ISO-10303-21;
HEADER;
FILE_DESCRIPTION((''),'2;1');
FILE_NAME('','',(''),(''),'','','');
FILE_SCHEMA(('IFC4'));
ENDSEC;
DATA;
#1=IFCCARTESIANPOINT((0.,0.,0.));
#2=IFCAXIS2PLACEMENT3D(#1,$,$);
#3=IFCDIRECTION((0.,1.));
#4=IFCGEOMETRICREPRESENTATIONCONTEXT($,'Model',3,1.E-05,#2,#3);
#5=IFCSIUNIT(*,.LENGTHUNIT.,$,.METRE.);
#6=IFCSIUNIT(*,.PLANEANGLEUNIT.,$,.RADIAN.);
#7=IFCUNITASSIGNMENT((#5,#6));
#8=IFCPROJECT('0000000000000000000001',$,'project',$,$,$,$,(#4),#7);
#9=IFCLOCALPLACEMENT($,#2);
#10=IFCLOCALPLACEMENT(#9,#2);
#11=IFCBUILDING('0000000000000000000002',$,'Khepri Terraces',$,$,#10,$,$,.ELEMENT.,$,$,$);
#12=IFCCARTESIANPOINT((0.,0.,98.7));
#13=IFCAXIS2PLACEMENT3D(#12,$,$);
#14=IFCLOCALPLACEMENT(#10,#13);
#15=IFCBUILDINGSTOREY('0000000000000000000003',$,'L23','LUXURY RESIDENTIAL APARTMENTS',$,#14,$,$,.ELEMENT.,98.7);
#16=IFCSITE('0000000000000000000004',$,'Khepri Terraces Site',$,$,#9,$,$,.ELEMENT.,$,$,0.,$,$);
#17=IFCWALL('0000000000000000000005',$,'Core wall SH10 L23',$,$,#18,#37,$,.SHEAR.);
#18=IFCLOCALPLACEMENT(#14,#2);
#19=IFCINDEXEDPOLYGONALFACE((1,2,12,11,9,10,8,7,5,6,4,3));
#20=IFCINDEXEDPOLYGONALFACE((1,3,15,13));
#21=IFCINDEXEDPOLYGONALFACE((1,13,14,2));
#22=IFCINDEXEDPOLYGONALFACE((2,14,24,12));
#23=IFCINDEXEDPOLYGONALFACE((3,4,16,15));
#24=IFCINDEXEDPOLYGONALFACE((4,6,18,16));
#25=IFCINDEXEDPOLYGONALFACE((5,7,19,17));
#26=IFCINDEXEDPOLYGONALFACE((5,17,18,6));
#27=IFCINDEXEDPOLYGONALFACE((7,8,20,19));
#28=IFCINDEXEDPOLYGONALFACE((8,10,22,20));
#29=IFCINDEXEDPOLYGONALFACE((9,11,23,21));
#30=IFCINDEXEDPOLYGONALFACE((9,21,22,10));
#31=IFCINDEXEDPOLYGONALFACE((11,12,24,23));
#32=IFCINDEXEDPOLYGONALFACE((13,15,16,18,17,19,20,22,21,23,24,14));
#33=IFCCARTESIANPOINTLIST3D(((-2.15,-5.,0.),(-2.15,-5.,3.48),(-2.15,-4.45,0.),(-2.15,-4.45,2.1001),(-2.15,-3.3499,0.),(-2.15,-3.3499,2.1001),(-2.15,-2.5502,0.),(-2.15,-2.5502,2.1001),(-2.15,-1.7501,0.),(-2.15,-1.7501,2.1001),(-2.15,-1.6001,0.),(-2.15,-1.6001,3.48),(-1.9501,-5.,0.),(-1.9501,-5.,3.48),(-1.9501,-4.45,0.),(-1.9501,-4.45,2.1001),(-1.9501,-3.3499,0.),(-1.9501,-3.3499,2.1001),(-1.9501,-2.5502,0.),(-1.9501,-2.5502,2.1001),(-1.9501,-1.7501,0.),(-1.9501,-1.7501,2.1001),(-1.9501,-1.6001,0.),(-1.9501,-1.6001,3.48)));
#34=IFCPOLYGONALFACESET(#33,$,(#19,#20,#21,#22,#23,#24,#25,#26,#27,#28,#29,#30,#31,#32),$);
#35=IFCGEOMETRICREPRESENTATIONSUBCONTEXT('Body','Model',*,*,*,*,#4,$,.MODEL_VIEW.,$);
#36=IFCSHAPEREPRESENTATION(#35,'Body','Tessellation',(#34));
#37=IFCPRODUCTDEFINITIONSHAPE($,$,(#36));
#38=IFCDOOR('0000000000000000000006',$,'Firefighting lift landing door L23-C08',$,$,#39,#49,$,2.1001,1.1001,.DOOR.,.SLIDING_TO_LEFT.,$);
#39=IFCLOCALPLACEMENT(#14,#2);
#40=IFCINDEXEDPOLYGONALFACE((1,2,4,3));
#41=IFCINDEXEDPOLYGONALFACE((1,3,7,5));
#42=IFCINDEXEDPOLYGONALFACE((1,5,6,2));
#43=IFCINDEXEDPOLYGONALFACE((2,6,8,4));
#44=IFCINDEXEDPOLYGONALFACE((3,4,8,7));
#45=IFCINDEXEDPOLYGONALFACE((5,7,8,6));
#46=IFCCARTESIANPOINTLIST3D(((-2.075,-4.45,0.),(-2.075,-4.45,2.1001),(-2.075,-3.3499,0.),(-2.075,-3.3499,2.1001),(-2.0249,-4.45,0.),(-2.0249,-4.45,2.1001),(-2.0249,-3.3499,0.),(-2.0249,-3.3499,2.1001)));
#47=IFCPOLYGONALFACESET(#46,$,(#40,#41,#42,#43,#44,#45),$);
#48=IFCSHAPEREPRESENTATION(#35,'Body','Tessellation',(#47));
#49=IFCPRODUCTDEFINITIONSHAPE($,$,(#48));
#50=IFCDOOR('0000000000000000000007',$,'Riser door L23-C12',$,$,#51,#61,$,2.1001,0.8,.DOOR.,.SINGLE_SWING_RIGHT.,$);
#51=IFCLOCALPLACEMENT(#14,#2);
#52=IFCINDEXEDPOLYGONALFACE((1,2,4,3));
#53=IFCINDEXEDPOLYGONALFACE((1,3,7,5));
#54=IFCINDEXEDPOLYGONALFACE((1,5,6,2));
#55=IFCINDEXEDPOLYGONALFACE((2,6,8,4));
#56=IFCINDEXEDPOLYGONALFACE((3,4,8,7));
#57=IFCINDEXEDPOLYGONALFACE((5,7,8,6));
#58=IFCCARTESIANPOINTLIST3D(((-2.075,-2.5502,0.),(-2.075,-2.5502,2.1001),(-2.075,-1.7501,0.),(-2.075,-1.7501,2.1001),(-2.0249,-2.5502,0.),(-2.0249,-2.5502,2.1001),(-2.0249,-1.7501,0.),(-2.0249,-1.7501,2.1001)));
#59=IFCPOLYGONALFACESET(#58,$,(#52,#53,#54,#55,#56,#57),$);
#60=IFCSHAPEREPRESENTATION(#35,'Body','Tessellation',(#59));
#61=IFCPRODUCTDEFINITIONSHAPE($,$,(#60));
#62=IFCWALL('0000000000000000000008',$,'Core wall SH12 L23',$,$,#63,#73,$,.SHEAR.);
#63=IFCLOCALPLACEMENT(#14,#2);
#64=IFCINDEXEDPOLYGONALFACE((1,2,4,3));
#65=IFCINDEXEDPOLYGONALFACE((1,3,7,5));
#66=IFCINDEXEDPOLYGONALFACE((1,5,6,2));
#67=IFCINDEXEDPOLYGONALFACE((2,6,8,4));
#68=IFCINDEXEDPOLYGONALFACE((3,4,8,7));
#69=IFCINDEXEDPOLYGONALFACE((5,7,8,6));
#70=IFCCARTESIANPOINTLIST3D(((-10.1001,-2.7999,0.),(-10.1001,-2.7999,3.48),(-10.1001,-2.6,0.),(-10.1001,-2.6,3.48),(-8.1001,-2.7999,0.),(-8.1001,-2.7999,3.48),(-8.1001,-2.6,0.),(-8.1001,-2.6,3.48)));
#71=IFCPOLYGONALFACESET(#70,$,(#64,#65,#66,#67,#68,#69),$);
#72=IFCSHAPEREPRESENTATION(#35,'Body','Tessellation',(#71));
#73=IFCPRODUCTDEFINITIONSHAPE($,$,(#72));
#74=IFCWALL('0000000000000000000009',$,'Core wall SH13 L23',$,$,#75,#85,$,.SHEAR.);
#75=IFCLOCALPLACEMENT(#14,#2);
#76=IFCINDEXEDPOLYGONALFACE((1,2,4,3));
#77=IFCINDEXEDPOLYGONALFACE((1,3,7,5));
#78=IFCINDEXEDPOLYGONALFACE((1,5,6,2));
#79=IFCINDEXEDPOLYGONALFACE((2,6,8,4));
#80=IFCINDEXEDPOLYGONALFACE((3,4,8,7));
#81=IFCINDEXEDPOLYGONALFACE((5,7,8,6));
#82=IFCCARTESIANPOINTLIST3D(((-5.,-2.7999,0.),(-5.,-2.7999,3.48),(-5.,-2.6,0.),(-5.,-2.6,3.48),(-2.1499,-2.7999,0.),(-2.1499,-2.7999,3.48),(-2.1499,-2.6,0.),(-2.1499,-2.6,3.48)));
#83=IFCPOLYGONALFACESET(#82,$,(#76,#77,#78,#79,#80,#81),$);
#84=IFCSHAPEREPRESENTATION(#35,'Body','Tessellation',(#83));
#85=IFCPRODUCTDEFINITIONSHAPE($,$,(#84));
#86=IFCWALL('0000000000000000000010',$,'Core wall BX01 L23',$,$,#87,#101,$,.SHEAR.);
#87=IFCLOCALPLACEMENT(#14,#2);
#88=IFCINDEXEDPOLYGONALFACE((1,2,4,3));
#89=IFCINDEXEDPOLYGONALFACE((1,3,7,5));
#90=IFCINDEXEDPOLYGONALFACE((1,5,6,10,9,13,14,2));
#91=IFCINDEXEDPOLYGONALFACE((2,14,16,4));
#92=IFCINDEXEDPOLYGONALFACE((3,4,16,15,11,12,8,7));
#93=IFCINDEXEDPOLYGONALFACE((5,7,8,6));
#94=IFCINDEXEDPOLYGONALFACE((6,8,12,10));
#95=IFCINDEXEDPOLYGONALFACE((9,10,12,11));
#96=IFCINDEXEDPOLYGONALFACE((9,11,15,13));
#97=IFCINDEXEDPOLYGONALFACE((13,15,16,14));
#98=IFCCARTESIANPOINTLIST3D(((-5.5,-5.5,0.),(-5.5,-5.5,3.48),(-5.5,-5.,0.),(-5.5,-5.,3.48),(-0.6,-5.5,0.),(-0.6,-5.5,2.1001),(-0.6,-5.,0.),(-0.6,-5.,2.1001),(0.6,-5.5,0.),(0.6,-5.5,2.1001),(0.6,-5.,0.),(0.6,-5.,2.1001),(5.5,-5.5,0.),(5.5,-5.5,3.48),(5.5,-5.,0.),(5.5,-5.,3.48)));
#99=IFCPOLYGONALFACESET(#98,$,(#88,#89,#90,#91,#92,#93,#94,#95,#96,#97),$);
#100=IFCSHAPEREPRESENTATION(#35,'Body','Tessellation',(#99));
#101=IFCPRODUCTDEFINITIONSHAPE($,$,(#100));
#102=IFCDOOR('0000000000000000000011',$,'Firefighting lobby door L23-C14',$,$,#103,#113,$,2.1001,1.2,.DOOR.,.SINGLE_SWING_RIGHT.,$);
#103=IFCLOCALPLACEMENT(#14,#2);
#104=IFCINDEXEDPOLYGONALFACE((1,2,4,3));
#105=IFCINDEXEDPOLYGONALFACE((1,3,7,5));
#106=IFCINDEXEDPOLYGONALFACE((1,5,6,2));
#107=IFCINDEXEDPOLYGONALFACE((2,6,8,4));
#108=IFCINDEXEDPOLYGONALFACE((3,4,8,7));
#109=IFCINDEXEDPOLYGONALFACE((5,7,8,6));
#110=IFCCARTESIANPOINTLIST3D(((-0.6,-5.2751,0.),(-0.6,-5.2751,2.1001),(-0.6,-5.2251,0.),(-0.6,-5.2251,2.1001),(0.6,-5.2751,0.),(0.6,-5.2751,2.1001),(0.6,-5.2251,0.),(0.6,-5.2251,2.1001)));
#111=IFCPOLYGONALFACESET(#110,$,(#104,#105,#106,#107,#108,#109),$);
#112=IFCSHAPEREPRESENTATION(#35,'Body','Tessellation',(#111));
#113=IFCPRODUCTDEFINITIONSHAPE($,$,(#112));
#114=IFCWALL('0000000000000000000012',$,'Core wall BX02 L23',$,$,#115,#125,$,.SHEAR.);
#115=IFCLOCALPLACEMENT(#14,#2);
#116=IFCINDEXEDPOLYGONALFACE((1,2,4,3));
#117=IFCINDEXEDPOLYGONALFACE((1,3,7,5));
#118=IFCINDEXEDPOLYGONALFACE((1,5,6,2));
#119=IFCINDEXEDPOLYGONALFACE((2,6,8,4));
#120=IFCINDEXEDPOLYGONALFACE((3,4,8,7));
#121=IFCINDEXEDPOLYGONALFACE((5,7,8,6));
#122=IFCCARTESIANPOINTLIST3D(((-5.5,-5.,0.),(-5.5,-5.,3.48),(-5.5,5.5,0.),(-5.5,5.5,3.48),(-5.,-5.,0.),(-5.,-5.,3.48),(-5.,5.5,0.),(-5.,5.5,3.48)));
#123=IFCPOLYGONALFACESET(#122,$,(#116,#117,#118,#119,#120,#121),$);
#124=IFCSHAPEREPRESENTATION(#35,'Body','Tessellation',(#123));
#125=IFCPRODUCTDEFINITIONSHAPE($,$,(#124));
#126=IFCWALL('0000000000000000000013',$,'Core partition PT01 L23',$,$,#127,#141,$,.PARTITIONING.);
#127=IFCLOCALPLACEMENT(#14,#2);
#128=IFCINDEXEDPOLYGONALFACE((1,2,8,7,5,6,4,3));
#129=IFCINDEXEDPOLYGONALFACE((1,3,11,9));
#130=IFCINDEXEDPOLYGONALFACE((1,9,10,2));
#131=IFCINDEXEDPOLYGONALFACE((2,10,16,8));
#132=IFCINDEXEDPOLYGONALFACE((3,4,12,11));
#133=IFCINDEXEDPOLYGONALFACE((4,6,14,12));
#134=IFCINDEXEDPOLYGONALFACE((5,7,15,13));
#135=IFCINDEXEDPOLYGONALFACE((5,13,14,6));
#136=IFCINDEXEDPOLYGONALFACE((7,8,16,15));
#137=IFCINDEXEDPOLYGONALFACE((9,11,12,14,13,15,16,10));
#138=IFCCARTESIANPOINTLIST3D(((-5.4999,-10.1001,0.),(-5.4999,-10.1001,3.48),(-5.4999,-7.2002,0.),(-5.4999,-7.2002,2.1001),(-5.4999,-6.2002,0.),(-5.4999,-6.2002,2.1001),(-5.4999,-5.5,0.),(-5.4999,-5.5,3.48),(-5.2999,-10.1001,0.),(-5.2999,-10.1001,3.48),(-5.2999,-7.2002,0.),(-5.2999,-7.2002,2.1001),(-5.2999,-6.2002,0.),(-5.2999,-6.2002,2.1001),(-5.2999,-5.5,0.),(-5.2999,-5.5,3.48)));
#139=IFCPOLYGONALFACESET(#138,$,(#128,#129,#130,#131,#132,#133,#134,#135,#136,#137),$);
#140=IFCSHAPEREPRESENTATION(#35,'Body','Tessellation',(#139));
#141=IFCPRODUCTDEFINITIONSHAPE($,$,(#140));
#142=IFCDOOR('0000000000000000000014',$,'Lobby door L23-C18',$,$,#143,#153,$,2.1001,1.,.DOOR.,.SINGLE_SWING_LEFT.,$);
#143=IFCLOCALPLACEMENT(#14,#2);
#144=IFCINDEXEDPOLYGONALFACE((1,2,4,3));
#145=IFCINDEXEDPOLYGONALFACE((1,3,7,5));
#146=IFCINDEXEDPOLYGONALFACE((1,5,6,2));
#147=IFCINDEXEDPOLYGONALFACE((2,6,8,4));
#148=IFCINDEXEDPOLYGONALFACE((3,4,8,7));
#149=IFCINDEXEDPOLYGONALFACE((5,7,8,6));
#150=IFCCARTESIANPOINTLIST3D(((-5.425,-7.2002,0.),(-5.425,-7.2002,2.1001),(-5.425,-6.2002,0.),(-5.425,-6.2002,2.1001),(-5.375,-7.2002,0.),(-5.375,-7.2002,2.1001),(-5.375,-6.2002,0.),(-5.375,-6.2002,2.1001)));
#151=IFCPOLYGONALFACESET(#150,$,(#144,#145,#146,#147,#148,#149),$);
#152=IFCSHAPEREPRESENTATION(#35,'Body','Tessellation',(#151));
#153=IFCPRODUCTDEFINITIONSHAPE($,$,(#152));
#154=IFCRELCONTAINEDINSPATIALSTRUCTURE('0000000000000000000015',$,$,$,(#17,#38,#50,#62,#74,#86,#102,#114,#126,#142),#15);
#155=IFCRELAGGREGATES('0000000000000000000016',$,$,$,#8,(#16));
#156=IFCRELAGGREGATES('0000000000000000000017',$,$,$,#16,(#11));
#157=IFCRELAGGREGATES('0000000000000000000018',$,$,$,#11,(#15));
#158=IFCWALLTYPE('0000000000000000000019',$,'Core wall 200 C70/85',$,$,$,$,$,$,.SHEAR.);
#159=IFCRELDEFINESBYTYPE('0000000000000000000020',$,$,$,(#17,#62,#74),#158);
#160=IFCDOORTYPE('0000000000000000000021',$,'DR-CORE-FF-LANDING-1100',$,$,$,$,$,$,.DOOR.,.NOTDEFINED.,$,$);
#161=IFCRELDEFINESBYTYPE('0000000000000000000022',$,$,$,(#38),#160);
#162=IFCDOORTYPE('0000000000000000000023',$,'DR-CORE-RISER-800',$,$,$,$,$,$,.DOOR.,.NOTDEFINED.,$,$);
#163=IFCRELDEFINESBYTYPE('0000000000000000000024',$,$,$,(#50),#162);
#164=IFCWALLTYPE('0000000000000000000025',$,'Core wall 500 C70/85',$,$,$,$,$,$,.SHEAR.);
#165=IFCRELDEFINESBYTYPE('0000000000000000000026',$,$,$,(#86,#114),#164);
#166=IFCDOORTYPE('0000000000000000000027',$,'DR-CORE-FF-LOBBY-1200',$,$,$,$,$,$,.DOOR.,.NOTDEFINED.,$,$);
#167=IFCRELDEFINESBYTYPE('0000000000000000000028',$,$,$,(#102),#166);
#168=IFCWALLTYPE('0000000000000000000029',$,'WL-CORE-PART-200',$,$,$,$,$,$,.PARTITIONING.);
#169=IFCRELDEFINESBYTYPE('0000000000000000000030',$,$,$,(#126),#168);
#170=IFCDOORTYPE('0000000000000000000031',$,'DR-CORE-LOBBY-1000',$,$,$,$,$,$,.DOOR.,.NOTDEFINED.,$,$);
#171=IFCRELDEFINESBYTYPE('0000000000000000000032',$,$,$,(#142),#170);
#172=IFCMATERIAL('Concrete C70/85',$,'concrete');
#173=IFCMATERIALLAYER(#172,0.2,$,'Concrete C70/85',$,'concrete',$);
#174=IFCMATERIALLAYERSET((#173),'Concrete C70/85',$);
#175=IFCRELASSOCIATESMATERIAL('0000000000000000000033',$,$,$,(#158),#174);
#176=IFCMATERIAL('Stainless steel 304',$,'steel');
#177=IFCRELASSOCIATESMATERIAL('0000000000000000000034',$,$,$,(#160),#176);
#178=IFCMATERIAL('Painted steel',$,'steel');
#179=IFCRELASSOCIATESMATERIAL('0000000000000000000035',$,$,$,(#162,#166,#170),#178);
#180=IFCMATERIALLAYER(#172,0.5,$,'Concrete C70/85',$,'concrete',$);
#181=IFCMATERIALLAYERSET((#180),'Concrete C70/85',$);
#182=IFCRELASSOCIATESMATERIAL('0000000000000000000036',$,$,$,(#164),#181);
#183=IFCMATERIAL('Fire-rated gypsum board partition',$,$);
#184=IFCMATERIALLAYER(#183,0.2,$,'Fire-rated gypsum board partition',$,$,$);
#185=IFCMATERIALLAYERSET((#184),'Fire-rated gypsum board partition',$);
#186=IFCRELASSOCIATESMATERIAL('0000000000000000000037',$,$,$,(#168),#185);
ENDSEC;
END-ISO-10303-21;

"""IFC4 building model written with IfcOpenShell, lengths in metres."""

from ifc_helpers import new_model, si_unit, direction, frame, frame_2d, origin, place, context, subcontext, project, spatial, rectangle, extrude, material, layer, layer_set, type_object, element, fill, save


model = new_model("IFC4")

# Units and contexts
model_context = context("Model", 3, precision=1e-05, world=origin(), true_north=direction((0.0, 1.0)))
body_context = subcontext(model_context, "Body", "Model", "MODEL_VIEW")
ifc_project = project(units=[si_unit("LENGTHUNIT", "METRE"), si_unit("PLANEANGLEUNIT", "RADIAN")], contexts=[model_context])

# Site, building, storey
site_placement = place(None, origin())
site = spatial("IfcSite", under=ifc_project, at=site_placement, Name="Khepri Terraces Site", CompositionType="ELEMENT", RefElevation=0.0)
building_placement = place(site_placement, origin())
building = spatial("IfcBuilding", under=site, at=building_placement, Name="Khepri Terraces", CompositionType="ELEMENT")
storey_placement = place(building_placement, frame((0.0, 0.0, 98.7)))
storey = spatial("IfcBuildingStorey", under=building, at=storey_placement, Name="L23", Description="LUXURY RESIDENTIAL APARTMENTS", CompositionType="ELEMENT", Elevation=98.7)

# Shared definitions
ifc_material_1 = material(Name="Concrete C70/85", Category="concrete")
ifc_layer_1 = layer(ifc_material_1, 0.2, Name="Concrete C70/85", Category="concrete")
ifc_layer_set_1 = layer_set([ifc_layer_1], Name="Concrete C70/85")
wall_type_1 = type_object("IfcWallType", Name="Core wall 200 C70/85", PredefinedType="SHEAR", material=ifc_layer_set_1)

# Shared definitions
ifc_material_2 = material(Name="Painted steel", Category="steel")

# Shared definitions
ifc_material_3 = material(Name="Stainless steel 304", Category="steel")

# Wall, openings, doors
wall_1_placement = place(storey_placement, frame((-2.05, -5.0, 0.0), z_axis=(0.0, 0.0, 1.0), x_axis=(0.0, 1.0, 0.0)))
wall_1 = element("IfcWall", 1, at=wall_1_placement, inside=storey, type_object=wall_type_1, Name="Core wall SH10 L23", PredefinedType="SHEAR", context=body_context, shape_type="SweptSolid", body=[
    extrude(rectangle(XDim=3.3999, YDim=0.2, at=frame_2d((1.7, 0.0))), origin(), (0.0, 0.0, 1.0), 3.48),
])
opening_1_placement = place(wall_1_placement, frame((0.55, 0.0, 0.0)))
opening_1 = element("IfcOpeningElement", 2, at=opening_1_placement, cuts=wall_1, PredefinedType="OPENING", context=body_context, shape_type="SweptSolid", body=[
    extrude(rectangle(XDim=1.1001, YDim=2.1001, at=frame_2d((0.55, 1.05))), frame((0.0, 0.1099, 0.0), z_axis=(0.0, -1.0, 0.0), x_axis=(1.0, 0.0, 0.0)), (0.0, 0.0, 1.0), 0.22),
])
opening_2_placement = place(wall_1_placement, frame((2.45, 0.0, 0.0)))
opening_2 = element("IfcOpeningElement", 3, at=opening_2_placement, cuts=wall_1, PredefinedType="OPENING", context=body_context, shape_type="SweptSolid", body=[
    extrude(rectangle(XDim=0.8, YDim=2.1001, at=frame_2d((0.3999, 1.05))), frame((0.0, 0.1099, 0.0), z_axis=(0.0, -1.0, 0.0), x_axis=(1.0, 0.0, 0.0)), (0.0, 0.0, 1.0), 0.22),
])
door_type_1 = type_object("IfcDoorType", Name="DR-CORE-FF-LANDING-1100", OperationType="NOTDEFINED", PredefinedType="DOOR", material=ifc_material_3)
door_1_placement = place(opening_1_placement, origin())
door_1 = element("IfcDoor", 4, at=door_1_placement, inside=storey, type_object=door_type_1, Name="Firefighting lift landing door L23-C08", OperationType="SLIDING_TO_LEFT", OverallHeight=2.1001, OverallWidth=1.1001, PredefinedType="DOOR", context=body_context, shape_type="SweptSolid", body=[
    extrude(rectangle(XDim=1.1001, YDim=2.1001, at=frame_2d((0.55, 1.05))), frame((0.0, 0.0249, 0.0), z_axis=(0.0, -1.0, 0.0), x_axis=(1.0, 0.0, 0.0)), (0.0, 0.0, 1.0), 0.05),
])
fill(opening_1, door_1)
door_type_2 = type_object("IfcDoorType", Name="DR-CORE-RISER-800", OperationType="NOTDEFINED", PredefinedType="DOOR", material=ifc_material_2)
door_2_placement = place(opening_2_placement, origin())
door_2 = element("IfcDoor", 5, at=door_2_placement, inside=storey, type_object=door_type_2, Name="Riser door L23-C12", OperationType="SINGLE_SWING_RIGHT", OverallHeight=2.1001, OverallWidth=0.8, PredefinedType="DOOR", context=body_context, shape_type="SweptSolid", body=[
    extrude(rectangle(XDim=0.8, YDim=2.1001, at=frame_2d((0.3999, 1.05))), frame((0.0, 0.0249, 0.0), z_axis=(0.0, -1.0, 0.0), x_axis=(1.0, 0.0, 0.0)), (0.0, 0.0, 1.0), 0.05),
])
fill(opening_2, door_2)

# Walls
wall_2_placement = place(storey_placement, frame((-10.1001, -2.7, 0.0), z_axis=(0.0, 0.0, 1.0), x_axis=(1.0, 0.0, 0.0)))
element("IfcWall", 6, at=wall_2_placement, inside=storey, type_object=wall_type_1, Name="Core wall SH12 L23", PredefinedType="SHEAR", context=body_context, shape_type="SweptSolid", body=[
    extrude(rectangle(XDim=2.0, YDim=0.2, at=frame_2d((1.0, 0.0))), origin(), (0.0, 0.0, 1.0), 3.48),
])
wall_3_placement = place(storey_placement, frame((-5.0, -2.7, 0.0), z_axis=(0.0, 0.0, 1.0), x_axis=(1.0, 0.0, 0.0)))
element("IfcWall", 7, at=wall_3_placement, inside=storey, type_object=wall_type_1, Name="Core wall SH13 L23", PredefinedType="SHEAR", context=body_context, shape_type="SweptSolid", body=[
    extrude(rectangle(XDim=2.8501, YDim=0.2, at=frame_2d((1.425, 0.0))), origin(), (0.0, 0.0, 1.0), 3.48),
])

# Wall, opening, door
ifc_layer_2 = layer(ifc_material_1, 0.5, Name="Concrete C70/85", Category="concrete")
ifc_layer_set_2 = layer_set([ifc_layer_2], Name="Concrete C70/85")
wall_type_2 = type_object("IfcWallType", Name="Core wall 500 C70/85", PredefinedType="SHEAR", material=ifc_layer_set_2)
wall_4_placement = place(storey_placement, frame((-5.5, -5.25, 0.0), z_axis=(0.0, 0.0, 1.0), x_axis=(1.0, 0.0, 0.0)))
wall_4 = element("IfcWall", 8, at=wall_4_placement, inside=storey, type_object=wall_type_2, Name="Core wall BX01 L23", PredefinedType="SHEAR", context=body_context, shape_type="SweptSolid", body=[
    extrude(rectangle(XDim=11.0, YDim=0.5, at=frame_2d((5.5, 0.0))), origin(), (0.0, 0.0, 1.0), 3.48),
])
opening_3_placement = place(wall_4_placement, frame((4.8999, 0.0, 0.0)))
opening_3 = element("IfcOpeningElement", 9, at=opening_3_placement, cuts=wall_4, PredefinedType="OPENING", context=body_context, shape_type="SweptSolid", body=[
    extrude(rectangle(XDim=1.2, YDim=2.1001, at=frame_2d((0.6001, 1.05))), frame((0.0, 0.26, 0.0), z_axis=(0.0, -1.0, 0.0), x_axis=(1.0, 0.0, 0.0)), (0.0, 0.0, 1.0), 0.52),
])
door_type_3 = type_object("IfcDoorType", Name="DR-CORE-FF-LOBBY-1200", OperationType="NOTDEFINED", PredefinedType="DOOR", material=ifc_material_2)
door_3_placement = place(opening_3_placement, origin())
door_3 = element("IfcDoor", 10, at=door_3_placement, inside=storey, type_object=door_type_3, Name="Firefighting lobby door L23-C14", OperationType="SINGLE_SWING_RIGHT", OverallHeight=2.1001, OverallWidth=1.2, PredefinedType="DOOR", context=body_context, shape_type="SweptSolid", body=[
    extrude(rectangle(XDim=1.2, YDim=2.1001, at=frame_2d((0.6001, 1.05))), frame((0.0, 0.0249, 0.0), z_axis=(0.0, -1.0, 0.0), x_axis=(1.0, 0.0, 0.0)), (0.0, 0.0, 1.0), 0.05),
])
fill(opening_3, door_3)

# Wall
wall_5_placement = place(storey_placement, frame((-5.25, -5.0, 0.0), z_axis=(0.0, 0.0, 1.0), x_axis=(0.0, 1.0, 0.0)))
element("IfcWall", 11, at=wall_5_placement, inside=storey, type_object=wall_type_2, Name="Core wall BX02 L23", PredefinedType="SHEAR", context=body_context, shape_type="SweptSolid", body=[
    extrude(rectangle(XDim=10.5, YDim=0.5, at=frame_2d((5.25, 0.0))), origin(), (0.0, 0.0, 1.0), 3.48),
])

# Wall, opening, door
ifc_material_4 = material(Name="Fire-rated gypsum board partition")
ifc_layer_3 = layer(ifc_material_4, 0.2, Name="Fire-rated gypsum board partition")
ifc_layer_set_3 = layer_set([ifc_layer_3], Name="Fire-rated gypsum board partition")
wall_type_3 = type_object("IfcWallType", Name="WL-CORE-PART-200", PredefinedType="PARTITIONING", material=ifc_layer_set_3)
wall_6_placement = place(storey_placement, frame((-5.3999, -10.1001, 0.0), z_axis=(0.0, 0.0, 1.0), x_axis=(0.0, 1.0, 0.0)))
wall_6 = element("IfcWall", 12, at=wall_6_placement, inside=storey, type_object=wall_type_3, Name="Core partition PT01 L23", PredefinedType="PARTITIONING", context=body_context, shape_type="SweptSolid", body=[
    extrude(rectangle(XDim=4.6001, YDim=0.2, at=frame_2d((2.3, 0.0))), origin(), (0.0, 0.0, 1.0), 3.48),
])
opening_4_placement = place(wall_6_placement, frame((2.8999, 0.0, 0.0)))
opening_4 = element("IfcOpeningElement", 13, at=opening_4_placement, cuts=wall_6, PredefinedType="OPENING", context=body_context, shape_type="SweptSolid", body=[
    extrude(rectangle(XDim=1.0, YDim=2.1001, at=frame_2d((0.5, 1.05))), frame((0.0, 0.1099, 0.0), z_axis=(0.0, -1.0, 0.0), x_axis=(1.0, 0.0, 0.0)), (0.0, 0.0, 1.0), 0.22),
])
door_type_4 = type_object("IfcDoorType", Name="DR-CORE-LOBBY-1000", OperationType="NOTDEFINED", PredefinedType="DOOR", material=ifc_material_2)
door_4_placement = place(opening_4_placement, frame((1.0, 0.0, 0.0), z_axis=(0.0, 0.0, 1.0), x_axis=(-1.0, 0.0, 0.0)))
door_4 = element("IfcDoor", 14, at=door_4_placement, inside=storey, type_object=door_type_4, Name="Lobby door L23-C18", OperationType="SINGLE_SWING_LEFT", OverallHeight=2.1001, OverallWidth=1.0, PredefinedType="DOOR", context=body_context, shape_type="SweptSolid", body=[
    extrude(rectangle(XDim=1.0, YDim=2.1001, at=frame_2d((0.5, 1.05))), frame((0.0, 0.0249, 0.0), z_axis=(0.0, -1.0, 0.0), x_axis=(1.0, 0.0, 0.0)), (0.0, 0.0, 1.0), 0.05),
])
fill(opening_4, door_4)

save(model, "model.ifc")
